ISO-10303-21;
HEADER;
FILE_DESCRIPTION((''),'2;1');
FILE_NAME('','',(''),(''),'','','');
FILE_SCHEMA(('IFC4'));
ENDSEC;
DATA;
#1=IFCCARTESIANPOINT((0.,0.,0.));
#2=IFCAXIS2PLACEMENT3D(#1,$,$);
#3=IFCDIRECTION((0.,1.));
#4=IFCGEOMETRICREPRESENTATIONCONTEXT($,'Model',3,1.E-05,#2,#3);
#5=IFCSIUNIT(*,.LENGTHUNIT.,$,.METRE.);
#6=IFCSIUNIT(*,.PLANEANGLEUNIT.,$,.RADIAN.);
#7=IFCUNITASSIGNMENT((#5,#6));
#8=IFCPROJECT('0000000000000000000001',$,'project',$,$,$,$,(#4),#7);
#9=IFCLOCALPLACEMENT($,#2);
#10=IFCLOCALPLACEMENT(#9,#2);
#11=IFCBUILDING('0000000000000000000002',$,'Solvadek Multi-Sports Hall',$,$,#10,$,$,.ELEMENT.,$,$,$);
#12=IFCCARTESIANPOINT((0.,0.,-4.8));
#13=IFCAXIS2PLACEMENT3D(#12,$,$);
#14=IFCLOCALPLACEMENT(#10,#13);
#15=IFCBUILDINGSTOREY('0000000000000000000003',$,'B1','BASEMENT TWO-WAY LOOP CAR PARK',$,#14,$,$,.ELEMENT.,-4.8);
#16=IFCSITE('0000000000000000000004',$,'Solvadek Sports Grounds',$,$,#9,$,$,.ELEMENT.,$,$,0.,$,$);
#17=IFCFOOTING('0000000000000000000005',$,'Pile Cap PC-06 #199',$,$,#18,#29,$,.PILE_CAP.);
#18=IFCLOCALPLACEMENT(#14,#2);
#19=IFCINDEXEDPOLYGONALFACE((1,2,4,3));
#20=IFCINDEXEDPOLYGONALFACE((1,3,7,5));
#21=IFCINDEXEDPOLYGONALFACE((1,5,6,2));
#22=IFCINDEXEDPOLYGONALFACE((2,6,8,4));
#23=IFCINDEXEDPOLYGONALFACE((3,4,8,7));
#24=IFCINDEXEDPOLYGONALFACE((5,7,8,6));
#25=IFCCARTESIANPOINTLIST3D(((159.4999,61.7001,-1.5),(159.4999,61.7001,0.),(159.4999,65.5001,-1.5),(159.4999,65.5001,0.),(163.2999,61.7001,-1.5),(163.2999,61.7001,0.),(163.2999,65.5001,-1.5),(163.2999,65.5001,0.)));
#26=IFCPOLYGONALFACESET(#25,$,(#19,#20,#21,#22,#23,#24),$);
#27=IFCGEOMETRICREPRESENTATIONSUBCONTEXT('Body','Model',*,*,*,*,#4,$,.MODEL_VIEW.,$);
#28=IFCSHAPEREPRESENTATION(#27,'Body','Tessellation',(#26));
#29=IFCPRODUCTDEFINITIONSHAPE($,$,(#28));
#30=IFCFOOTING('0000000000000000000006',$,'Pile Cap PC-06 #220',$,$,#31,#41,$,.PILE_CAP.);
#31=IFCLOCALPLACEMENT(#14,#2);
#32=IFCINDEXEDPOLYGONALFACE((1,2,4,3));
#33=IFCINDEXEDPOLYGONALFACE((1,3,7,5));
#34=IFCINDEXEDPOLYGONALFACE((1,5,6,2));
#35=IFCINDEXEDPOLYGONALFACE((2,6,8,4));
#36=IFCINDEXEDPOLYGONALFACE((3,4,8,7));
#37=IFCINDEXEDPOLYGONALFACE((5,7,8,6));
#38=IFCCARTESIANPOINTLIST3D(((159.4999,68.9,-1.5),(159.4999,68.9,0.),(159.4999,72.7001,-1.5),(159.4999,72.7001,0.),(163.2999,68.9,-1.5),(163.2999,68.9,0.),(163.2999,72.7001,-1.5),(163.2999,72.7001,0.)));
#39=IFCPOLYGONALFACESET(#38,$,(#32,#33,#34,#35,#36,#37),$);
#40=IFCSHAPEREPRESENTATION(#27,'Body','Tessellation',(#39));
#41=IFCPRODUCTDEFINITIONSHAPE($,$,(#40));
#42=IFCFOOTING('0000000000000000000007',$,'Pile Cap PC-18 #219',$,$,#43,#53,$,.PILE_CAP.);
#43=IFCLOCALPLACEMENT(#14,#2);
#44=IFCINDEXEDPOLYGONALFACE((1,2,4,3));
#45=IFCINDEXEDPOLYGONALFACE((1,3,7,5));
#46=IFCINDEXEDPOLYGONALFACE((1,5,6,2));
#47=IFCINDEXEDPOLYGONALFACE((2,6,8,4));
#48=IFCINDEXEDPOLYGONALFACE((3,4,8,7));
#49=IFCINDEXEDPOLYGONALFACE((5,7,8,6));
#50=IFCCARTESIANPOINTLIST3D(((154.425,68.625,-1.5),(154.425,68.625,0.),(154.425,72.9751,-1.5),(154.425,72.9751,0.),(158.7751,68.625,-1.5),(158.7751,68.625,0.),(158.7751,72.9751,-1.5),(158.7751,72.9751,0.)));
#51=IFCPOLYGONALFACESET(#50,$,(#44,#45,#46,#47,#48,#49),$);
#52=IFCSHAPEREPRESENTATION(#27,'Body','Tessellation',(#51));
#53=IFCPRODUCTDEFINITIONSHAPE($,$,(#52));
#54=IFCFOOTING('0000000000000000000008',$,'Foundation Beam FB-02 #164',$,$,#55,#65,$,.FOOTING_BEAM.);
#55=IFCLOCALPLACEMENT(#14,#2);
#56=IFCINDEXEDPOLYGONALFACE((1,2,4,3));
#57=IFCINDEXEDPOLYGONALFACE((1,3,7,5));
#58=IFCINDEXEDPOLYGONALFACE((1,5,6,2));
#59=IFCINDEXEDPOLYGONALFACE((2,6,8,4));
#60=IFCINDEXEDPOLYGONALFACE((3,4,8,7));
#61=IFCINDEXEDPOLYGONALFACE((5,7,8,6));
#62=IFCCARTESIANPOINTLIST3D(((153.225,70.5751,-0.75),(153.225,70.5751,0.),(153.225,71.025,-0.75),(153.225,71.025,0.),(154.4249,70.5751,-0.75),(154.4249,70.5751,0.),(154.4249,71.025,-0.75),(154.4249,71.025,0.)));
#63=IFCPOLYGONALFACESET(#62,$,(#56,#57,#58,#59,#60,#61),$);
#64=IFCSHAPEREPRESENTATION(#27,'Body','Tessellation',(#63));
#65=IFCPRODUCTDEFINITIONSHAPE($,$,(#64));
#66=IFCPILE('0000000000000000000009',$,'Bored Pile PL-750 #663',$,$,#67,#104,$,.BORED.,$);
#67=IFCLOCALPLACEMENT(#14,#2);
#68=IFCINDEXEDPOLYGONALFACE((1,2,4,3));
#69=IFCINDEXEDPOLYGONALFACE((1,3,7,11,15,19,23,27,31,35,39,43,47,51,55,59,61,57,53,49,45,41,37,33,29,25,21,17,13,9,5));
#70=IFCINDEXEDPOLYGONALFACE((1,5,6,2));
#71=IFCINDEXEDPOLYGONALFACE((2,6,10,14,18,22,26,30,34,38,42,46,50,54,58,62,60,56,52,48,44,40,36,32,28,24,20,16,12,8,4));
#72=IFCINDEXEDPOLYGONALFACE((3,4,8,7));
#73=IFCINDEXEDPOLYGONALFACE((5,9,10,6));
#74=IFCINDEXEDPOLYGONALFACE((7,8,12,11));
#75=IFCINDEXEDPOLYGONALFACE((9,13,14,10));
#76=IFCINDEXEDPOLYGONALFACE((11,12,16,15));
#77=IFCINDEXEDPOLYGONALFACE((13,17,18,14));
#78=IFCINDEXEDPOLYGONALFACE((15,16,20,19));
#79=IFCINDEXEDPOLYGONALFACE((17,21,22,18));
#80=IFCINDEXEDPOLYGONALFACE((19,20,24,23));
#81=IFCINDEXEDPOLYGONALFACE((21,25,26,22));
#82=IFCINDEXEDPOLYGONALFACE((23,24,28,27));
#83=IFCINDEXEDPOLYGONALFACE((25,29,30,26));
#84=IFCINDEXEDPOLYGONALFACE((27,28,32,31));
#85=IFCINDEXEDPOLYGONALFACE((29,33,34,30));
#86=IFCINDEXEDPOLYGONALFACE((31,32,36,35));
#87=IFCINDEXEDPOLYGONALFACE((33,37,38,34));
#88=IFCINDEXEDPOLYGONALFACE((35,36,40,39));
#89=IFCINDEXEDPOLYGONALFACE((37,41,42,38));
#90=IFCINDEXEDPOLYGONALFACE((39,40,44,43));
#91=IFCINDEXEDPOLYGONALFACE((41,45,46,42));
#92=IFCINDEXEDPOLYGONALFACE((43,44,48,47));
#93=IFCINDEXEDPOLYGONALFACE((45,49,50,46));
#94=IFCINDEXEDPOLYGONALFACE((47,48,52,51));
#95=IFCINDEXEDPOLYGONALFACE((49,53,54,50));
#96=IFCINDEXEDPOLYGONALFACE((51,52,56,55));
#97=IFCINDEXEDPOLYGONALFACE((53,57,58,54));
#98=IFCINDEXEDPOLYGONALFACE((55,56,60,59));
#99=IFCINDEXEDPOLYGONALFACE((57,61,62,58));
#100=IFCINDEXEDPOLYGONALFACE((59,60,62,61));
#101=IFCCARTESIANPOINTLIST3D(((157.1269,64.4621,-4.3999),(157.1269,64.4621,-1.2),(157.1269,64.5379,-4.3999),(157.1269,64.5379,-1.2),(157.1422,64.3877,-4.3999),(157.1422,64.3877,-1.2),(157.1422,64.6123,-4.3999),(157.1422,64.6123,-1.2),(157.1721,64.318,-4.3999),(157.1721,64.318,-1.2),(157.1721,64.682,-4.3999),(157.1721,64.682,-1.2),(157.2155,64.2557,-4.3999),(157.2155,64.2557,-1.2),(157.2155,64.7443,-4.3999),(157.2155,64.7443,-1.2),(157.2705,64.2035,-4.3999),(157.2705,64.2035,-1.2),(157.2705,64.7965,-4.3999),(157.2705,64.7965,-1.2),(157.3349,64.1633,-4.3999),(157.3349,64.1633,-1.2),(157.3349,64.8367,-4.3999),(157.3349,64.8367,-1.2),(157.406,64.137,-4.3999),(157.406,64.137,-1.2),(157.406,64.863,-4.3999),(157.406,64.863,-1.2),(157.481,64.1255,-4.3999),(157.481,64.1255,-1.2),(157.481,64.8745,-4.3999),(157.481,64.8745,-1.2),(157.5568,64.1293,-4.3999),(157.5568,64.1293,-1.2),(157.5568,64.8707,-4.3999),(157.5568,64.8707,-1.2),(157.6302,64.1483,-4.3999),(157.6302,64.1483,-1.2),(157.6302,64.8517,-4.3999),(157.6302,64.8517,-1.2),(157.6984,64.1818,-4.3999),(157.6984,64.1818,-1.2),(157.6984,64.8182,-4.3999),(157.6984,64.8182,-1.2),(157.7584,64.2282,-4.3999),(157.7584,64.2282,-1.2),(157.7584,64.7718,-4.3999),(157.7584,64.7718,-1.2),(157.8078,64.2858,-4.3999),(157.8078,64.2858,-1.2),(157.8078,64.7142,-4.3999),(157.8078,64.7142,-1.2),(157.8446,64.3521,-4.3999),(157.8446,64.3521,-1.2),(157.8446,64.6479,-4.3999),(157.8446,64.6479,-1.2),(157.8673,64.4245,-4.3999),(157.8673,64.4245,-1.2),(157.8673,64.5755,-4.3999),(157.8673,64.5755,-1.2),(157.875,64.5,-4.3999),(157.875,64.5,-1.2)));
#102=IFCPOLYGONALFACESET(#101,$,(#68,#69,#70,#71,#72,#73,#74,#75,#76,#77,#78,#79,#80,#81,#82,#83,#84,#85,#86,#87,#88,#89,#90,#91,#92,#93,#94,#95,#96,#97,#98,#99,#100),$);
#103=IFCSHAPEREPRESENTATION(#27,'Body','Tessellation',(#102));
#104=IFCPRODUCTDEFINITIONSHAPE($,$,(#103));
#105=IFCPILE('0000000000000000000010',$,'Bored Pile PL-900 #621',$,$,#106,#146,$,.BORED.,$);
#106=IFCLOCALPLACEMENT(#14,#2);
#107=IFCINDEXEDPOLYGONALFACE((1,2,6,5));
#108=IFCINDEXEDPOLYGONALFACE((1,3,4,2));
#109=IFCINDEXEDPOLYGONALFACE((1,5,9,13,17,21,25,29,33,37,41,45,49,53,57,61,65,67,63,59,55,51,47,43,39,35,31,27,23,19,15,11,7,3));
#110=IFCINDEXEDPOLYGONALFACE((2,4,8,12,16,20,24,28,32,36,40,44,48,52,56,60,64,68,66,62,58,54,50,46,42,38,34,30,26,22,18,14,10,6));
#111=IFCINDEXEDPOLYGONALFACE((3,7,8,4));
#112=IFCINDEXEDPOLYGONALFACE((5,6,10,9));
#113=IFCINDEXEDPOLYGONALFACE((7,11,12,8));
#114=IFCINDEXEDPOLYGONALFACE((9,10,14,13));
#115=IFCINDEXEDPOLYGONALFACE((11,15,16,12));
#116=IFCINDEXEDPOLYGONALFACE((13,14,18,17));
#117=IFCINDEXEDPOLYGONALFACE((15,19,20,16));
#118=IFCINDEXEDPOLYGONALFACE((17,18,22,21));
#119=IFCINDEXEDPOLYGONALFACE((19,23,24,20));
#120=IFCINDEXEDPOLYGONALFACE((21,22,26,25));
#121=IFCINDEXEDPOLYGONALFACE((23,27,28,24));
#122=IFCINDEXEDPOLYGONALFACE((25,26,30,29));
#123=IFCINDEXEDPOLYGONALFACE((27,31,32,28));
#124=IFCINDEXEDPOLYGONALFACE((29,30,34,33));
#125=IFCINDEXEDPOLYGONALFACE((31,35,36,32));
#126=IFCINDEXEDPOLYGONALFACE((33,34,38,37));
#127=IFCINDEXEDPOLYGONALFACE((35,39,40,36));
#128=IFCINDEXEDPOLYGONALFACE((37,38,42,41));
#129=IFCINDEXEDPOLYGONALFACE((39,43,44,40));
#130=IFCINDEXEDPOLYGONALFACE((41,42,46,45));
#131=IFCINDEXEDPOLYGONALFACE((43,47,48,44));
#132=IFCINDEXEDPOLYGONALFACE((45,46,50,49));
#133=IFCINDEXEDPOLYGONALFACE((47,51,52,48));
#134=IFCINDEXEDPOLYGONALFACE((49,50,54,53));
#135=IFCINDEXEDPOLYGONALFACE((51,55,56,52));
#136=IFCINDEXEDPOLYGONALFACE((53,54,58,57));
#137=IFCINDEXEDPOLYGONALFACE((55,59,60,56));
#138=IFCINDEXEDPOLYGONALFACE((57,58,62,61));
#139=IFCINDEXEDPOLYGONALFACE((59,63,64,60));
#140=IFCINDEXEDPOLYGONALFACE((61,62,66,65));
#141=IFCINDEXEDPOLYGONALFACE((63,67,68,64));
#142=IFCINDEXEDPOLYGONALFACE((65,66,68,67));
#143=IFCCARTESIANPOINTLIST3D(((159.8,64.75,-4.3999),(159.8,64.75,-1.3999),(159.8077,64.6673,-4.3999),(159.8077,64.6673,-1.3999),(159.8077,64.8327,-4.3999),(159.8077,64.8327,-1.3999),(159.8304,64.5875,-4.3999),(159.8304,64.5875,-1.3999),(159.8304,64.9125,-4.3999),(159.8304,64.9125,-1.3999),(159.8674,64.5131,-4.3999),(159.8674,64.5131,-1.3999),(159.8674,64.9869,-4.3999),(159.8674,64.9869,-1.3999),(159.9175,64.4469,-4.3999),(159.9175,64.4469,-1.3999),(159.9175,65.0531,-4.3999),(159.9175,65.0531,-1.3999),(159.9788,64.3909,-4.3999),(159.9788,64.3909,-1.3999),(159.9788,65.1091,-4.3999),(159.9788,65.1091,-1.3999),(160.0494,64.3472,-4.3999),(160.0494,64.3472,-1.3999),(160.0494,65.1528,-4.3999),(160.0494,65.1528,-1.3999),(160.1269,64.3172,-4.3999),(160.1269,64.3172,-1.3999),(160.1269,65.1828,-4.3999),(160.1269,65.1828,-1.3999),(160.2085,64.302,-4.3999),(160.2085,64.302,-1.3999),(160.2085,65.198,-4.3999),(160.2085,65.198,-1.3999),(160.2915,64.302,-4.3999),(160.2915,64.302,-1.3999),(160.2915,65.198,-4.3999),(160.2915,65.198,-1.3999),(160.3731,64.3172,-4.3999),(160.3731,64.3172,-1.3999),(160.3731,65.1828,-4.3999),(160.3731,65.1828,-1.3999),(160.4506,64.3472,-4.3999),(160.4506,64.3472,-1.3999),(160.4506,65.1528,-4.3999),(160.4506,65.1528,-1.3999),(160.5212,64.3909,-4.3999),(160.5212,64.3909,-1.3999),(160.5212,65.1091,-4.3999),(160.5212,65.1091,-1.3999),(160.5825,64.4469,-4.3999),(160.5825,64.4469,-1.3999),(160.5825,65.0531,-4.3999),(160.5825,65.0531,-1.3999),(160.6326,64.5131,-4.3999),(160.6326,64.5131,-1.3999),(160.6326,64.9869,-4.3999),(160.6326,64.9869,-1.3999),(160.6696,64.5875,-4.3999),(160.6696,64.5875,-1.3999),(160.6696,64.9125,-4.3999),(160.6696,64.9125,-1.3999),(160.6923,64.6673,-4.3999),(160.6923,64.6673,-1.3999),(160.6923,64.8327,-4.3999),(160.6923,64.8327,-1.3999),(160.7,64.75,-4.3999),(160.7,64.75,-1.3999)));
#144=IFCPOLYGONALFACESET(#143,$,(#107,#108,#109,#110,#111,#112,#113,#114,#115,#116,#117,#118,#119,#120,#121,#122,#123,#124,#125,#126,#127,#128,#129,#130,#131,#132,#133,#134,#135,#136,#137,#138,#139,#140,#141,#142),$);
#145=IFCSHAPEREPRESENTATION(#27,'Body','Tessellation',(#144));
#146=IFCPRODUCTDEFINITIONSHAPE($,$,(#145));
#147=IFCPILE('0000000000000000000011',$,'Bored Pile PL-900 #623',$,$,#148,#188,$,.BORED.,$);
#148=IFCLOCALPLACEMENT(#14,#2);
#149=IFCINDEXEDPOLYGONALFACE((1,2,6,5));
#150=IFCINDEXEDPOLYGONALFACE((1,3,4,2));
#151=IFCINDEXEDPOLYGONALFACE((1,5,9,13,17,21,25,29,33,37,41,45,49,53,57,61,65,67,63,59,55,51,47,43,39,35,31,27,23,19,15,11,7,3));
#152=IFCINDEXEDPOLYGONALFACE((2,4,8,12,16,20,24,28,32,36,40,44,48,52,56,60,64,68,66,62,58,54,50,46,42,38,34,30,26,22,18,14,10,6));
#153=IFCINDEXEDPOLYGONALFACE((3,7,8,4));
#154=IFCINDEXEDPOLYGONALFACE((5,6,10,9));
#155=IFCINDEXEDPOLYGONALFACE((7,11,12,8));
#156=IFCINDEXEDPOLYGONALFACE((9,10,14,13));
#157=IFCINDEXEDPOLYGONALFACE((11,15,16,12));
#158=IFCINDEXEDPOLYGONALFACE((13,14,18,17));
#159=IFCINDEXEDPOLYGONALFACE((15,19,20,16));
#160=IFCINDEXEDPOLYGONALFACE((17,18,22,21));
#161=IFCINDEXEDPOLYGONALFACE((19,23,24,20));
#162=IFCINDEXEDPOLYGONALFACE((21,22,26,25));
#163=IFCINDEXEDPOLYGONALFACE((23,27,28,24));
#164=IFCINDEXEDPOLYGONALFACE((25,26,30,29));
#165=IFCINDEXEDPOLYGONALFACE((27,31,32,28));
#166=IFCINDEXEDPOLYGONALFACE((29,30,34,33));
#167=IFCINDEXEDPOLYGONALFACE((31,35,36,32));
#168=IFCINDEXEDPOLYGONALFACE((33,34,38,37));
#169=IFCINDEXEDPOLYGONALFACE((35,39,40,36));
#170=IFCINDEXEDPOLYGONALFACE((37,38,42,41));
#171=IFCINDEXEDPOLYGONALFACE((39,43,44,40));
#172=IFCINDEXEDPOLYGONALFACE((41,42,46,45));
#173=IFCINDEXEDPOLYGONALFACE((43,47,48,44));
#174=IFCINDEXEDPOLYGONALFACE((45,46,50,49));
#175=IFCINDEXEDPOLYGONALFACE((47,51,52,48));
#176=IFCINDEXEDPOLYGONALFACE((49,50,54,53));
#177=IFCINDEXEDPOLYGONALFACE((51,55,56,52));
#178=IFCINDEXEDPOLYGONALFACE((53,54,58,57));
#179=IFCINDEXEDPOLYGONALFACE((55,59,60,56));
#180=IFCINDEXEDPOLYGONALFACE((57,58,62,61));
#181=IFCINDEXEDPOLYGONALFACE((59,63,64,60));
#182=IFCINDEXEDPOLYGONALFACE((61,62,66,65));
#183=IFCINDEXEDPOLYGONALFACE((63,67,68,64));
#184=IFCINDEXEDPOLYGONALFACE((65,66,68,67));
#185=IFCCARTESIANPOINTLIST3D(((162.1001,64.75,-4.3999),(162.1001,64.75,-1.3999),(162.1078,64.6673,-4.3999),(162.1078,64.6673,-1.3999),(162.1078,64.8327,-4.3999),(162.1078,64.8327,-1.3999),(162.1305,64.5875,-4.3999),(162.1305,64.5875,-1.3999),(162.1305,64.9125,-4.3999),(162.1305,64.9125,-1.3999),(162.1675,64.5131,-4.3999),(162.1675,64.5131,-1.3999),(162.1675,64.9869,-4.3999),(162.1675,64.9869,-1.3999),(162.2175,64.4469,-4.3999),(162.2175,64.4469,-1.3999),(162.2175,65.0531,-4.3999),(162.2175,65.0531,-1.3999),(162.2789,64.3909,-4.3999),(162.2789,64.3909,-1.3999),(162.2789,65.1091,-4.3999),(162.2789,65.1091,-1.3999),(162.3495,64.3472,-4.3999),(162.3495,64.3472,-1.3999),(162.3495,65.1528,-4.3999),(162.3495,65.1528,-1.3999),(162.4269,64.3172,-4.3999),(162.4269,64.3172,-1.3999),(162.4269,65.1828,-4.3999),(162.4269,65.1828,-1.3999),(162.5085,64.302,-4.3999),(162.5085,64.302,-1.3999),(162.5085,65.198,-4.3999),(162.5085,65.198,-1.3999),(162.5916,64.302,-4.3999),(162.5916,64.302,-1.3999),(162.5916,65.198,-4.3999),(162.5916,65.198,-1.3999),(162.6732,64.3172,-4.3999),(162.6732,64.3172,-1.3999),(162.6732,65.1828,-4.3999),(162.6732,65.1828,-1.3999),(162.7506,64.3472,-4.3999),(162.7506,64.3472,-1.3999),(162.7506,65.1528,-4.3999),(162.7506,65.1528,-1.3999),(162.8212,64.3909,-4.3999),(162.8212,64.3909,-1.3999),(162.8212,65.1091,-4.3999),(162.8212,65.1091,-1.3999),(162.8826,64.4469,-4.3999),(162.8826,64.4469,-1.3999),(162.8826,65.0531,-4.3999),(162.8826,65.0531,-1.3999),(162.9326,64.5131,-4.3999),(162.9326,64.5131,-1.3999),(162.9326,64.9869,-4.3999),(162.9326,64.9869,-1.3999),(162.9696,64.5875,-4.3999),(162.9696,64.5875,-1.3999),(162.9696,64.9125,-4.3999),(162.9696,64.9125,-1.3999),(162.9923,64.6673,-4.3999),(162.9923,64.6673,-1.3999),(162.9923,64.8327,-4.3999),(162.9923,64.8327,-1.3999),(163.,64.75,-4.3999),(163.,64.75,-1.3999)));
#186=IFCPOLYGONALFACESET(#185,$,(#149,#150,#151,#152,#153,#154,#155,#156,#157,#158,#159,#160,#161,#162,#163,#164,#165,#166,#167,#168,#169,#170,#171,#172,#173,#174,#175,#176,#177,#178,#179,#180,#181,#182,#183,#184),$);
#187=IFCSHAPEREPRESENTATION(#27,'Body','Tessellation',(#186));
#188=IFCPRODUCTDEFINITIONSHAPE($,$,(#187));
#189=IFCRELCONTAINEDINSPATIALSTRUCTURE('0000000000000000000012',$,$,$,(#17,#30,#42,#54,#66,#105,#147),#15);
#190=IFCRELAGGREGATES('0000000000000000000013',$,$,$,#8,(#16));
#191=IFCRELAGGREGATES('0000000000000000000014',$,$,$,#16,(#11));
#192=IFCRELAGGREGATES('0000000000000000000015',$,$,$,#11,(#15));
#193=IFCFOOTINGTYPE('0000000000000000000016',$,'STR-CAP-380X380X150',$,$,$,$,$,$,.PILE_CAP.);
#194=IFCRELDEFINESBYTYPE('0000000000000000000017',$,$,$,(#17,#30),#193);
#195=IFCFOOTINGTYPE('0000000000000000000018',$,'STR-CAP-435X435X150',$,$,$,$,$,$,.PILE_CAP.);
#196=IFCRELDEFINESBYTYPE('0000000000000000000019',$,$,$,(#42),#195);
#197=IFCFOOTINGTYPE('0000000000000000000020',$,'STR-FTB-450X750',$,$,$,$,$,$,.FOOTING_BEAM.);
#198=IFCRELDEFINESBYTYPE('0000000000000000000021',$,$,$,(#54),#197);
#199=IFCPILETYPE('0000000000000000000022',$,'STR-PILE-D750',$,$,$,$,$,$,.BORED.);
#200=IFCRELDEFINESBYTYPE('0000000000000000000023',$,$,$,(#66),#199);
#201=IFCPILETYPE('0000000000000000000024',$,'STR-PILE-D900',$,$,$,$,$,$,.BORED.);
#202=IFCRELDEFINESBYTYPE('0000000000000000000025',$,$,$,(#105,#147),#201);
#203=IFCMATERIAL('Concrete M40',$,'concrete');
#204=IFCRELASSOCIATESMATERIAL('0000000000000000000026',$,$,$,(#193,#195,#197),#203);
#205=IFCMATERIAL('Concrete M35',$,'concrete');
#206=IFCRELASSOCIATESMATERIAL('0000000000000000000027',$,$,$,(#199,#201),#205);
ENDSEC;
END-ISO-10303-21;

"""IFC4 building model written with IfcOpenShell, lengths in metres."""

from ifc_helpers import new_model, si_unit, direction, frame, origin, origin_2d, place, context, subcontext, project, spatial, rectangle, circle, extrude, material, material_profile, profile_set, type_object, element, save


model = new_model("IFC4")

# Units and contexts
model_context = context("Model", 3, precision=1e-05, world=origin(), true_north=direction((0.0, 1.0)))
body_context = subcontext(model_context, "Body", "Model", "MODEL_VIEW")
ifc_project = project(units=[si_unit("LENGTHUNIT", "METRE"), si_unit("PLANEANGLEUNIT", "RADIAN")], contexts=[model_context])

# Site, building, storey
site_placement = place(None, origin())
site = spatial("IfcSite", under=ifc_project, at=site_placement, Name="Solvadek Sports Grounds", CompositionType="ELEMENT", RefElevation=0.0)
building_placement = place(site_placement, origin())
building = spatial("IfcBuilding", under=site, at=building_placement, Name="Solvadek Multi-Sports Hall", CompositionType="ELEMENT")
storey_placement = place(building_placement, frame((0.0, 0.0, -4.8)))
storey = spatial("IfcBuildingStorey", under=building, at=storey_placement, Name="B1", Description="BASEMENT TWO-WAY LOOP CAR PARK", CompositionType="ELEMENT", Elevation=-4.8)

# Footings
ifc_material_1 = material(Name="Concrete M40", Category="concrete")
footing_type_1 = type_object("IfcFootingType", Name="STR-CAP-380X380X150", PredefinedType="PILE_CAP", material=ifc_material_1)
for number, where, z_axis, x_axis, name in (
    (1, (161.3999, 63.6001, -1.5), (0.0, 0.0, 1.0), (1.0, 0.0, 0.0), "Pile Cap PC-06 #199"),
    (2, (161.3999, 70.8, -1.5), (0.0, 0.0, 1.0), (1.0, 0.0, 0.0), "Pile Cap PC-06 #220"),
):
    element("IfcFooting", number, at=place(storey_placement, frame(where, z_axis=z_axis, x_axis=x_axis)), inside=storey, type_object=footing_type_1, Name=name, PredefinedType="PILE_CAP", context=body_context, shape_type="SweptSolid", body=[
        extrude(rectangle(XDim=3.8, YDim=3.8, at=origin_2d()), origin(), (0.0, 0.0, 1.0), 1.5),
    ])
footing_type_2 = type_object("IfcFootingType", Name="STR-CAP-435X435X150", PredefinedType="PILE_CAP", material=ifc_material_1)
footing_1_placement = place(storey_placement, frame((156.6001, 70.8, -1.5), z_axis=(0.0, 0.0, 1.0), x_axis=(1.0, 0.0, 0.0)))
element("IfcFooting", 3, at=footing_1_placement, inside=storey, type_object=footing_type_2, Name="Pile Cap PC-18 #219", PredefinedType="PILE_CAP", context=body_context, shape_type="SweptSolid", body=[
    extrude(rectangle(XDim=4.3501, YDim=4.3501, at=origin_2d()), origin(), (0.0, 0.0, 1.0), 1.5),
])
footing_type_3 = type_object("IfcFootingType", Name="STR-FTB-450X750", PredefinedType="FOOTING_BEAM", material=ifc_material_1)
footing_2_placement = place(storey_placement, frame((153.825, 70.8, -0.75), z_axis=(0.0, 0.0, 1.0), x_axis=(1.0, 0.0, 0.0)))
element("IfcFooting", 4, at=footing_2_placement, inside=storey, type_object=footing_type_3, Name="Foundation Beam FB-02 #164", PredefinedType="FOOTING_BEAM", context=body_context, shape_type="SweptSolid", body=[
    extrude(rectangle(XDim=1.2, YDim=0.45, at=origin_2d()), origin(), (0.0, 0.0, 1.0), 0.75),
])

# Piles
ifc_material_2 = material(Name="Concrete M35", Category="concrete")
ifc_material_profile_1 = material_profile(ifc_material_2, circle(Radius=0.375, at=origin_2d()), Name="BORED PILE D750")
ifc_profile_set_1 = profile_set([ifc_material_profile_1], Name="Concrete M35")
pile_type_1 = type_object("IfcPileType", Name="STR-PILE-D750", PredefinedType="BORED", material=ifc_profile_set_1)
pile_placement = place(storey_placement, frame((157.5, 64.5, -1.2), z_axis=(0.0, 0.0, -1.0), x_axis=(1.0, 0.0, 0.0)))
element("IfcPile", 5, at=pile_placement, inside=storey, type_object=pile_type_1, Name="Bored Pile PL-750 #663", PredefinedType="BORED", context=body_context, shape_type="SweptSolid", body=[
    extrude(circle(Radius=0.375, at=origin_2d()), origin(), (0.0, 0.0, 1.0), 3.2),
])
ifc_material_profile_2 = material_profile(ifc_material_2, circle(Radius=0.45, at=origin_2d()), Name="BORED PILE D900")
ifc_profile_set_2 = profile_set([ifc_material_profile_2], Name="Concrete M35")
pile_type_2 = type_object("IfcPileType", Name="STR-PILE-D900", PredefinedType="BORED", material=ifc_profile_set_2)
for number, where, z_axis, x_axis, name in (
    (6, (160.25, 64.75, -1.3999), (0.0, 0.0, -1.0), (1.0, 0.0, 0.0), "Bored Pile PL-900 #621"),
    (7, (162.55, 64.75, -1.3999), (0.0, 0.0, -1.0), (1.0, 0.0, 0.0), "Bored Pile PL-900 #623"),
):
    element("IfcPile", number, at=place(storey_placement, frame(where, z_axis=z_axis, x_axis=x_axis)), inside=storey, type_object=pile_type_2, Name=name, PredefinedType="BORED", context=body_context, shape_type="SweptSolid", body=[
        extrude(circle(Radius=0.45, at=origin_2d()), origin(), (0.0, 0.0, 1.0), 3.0),
    ])

save(model, "model.ifc")
